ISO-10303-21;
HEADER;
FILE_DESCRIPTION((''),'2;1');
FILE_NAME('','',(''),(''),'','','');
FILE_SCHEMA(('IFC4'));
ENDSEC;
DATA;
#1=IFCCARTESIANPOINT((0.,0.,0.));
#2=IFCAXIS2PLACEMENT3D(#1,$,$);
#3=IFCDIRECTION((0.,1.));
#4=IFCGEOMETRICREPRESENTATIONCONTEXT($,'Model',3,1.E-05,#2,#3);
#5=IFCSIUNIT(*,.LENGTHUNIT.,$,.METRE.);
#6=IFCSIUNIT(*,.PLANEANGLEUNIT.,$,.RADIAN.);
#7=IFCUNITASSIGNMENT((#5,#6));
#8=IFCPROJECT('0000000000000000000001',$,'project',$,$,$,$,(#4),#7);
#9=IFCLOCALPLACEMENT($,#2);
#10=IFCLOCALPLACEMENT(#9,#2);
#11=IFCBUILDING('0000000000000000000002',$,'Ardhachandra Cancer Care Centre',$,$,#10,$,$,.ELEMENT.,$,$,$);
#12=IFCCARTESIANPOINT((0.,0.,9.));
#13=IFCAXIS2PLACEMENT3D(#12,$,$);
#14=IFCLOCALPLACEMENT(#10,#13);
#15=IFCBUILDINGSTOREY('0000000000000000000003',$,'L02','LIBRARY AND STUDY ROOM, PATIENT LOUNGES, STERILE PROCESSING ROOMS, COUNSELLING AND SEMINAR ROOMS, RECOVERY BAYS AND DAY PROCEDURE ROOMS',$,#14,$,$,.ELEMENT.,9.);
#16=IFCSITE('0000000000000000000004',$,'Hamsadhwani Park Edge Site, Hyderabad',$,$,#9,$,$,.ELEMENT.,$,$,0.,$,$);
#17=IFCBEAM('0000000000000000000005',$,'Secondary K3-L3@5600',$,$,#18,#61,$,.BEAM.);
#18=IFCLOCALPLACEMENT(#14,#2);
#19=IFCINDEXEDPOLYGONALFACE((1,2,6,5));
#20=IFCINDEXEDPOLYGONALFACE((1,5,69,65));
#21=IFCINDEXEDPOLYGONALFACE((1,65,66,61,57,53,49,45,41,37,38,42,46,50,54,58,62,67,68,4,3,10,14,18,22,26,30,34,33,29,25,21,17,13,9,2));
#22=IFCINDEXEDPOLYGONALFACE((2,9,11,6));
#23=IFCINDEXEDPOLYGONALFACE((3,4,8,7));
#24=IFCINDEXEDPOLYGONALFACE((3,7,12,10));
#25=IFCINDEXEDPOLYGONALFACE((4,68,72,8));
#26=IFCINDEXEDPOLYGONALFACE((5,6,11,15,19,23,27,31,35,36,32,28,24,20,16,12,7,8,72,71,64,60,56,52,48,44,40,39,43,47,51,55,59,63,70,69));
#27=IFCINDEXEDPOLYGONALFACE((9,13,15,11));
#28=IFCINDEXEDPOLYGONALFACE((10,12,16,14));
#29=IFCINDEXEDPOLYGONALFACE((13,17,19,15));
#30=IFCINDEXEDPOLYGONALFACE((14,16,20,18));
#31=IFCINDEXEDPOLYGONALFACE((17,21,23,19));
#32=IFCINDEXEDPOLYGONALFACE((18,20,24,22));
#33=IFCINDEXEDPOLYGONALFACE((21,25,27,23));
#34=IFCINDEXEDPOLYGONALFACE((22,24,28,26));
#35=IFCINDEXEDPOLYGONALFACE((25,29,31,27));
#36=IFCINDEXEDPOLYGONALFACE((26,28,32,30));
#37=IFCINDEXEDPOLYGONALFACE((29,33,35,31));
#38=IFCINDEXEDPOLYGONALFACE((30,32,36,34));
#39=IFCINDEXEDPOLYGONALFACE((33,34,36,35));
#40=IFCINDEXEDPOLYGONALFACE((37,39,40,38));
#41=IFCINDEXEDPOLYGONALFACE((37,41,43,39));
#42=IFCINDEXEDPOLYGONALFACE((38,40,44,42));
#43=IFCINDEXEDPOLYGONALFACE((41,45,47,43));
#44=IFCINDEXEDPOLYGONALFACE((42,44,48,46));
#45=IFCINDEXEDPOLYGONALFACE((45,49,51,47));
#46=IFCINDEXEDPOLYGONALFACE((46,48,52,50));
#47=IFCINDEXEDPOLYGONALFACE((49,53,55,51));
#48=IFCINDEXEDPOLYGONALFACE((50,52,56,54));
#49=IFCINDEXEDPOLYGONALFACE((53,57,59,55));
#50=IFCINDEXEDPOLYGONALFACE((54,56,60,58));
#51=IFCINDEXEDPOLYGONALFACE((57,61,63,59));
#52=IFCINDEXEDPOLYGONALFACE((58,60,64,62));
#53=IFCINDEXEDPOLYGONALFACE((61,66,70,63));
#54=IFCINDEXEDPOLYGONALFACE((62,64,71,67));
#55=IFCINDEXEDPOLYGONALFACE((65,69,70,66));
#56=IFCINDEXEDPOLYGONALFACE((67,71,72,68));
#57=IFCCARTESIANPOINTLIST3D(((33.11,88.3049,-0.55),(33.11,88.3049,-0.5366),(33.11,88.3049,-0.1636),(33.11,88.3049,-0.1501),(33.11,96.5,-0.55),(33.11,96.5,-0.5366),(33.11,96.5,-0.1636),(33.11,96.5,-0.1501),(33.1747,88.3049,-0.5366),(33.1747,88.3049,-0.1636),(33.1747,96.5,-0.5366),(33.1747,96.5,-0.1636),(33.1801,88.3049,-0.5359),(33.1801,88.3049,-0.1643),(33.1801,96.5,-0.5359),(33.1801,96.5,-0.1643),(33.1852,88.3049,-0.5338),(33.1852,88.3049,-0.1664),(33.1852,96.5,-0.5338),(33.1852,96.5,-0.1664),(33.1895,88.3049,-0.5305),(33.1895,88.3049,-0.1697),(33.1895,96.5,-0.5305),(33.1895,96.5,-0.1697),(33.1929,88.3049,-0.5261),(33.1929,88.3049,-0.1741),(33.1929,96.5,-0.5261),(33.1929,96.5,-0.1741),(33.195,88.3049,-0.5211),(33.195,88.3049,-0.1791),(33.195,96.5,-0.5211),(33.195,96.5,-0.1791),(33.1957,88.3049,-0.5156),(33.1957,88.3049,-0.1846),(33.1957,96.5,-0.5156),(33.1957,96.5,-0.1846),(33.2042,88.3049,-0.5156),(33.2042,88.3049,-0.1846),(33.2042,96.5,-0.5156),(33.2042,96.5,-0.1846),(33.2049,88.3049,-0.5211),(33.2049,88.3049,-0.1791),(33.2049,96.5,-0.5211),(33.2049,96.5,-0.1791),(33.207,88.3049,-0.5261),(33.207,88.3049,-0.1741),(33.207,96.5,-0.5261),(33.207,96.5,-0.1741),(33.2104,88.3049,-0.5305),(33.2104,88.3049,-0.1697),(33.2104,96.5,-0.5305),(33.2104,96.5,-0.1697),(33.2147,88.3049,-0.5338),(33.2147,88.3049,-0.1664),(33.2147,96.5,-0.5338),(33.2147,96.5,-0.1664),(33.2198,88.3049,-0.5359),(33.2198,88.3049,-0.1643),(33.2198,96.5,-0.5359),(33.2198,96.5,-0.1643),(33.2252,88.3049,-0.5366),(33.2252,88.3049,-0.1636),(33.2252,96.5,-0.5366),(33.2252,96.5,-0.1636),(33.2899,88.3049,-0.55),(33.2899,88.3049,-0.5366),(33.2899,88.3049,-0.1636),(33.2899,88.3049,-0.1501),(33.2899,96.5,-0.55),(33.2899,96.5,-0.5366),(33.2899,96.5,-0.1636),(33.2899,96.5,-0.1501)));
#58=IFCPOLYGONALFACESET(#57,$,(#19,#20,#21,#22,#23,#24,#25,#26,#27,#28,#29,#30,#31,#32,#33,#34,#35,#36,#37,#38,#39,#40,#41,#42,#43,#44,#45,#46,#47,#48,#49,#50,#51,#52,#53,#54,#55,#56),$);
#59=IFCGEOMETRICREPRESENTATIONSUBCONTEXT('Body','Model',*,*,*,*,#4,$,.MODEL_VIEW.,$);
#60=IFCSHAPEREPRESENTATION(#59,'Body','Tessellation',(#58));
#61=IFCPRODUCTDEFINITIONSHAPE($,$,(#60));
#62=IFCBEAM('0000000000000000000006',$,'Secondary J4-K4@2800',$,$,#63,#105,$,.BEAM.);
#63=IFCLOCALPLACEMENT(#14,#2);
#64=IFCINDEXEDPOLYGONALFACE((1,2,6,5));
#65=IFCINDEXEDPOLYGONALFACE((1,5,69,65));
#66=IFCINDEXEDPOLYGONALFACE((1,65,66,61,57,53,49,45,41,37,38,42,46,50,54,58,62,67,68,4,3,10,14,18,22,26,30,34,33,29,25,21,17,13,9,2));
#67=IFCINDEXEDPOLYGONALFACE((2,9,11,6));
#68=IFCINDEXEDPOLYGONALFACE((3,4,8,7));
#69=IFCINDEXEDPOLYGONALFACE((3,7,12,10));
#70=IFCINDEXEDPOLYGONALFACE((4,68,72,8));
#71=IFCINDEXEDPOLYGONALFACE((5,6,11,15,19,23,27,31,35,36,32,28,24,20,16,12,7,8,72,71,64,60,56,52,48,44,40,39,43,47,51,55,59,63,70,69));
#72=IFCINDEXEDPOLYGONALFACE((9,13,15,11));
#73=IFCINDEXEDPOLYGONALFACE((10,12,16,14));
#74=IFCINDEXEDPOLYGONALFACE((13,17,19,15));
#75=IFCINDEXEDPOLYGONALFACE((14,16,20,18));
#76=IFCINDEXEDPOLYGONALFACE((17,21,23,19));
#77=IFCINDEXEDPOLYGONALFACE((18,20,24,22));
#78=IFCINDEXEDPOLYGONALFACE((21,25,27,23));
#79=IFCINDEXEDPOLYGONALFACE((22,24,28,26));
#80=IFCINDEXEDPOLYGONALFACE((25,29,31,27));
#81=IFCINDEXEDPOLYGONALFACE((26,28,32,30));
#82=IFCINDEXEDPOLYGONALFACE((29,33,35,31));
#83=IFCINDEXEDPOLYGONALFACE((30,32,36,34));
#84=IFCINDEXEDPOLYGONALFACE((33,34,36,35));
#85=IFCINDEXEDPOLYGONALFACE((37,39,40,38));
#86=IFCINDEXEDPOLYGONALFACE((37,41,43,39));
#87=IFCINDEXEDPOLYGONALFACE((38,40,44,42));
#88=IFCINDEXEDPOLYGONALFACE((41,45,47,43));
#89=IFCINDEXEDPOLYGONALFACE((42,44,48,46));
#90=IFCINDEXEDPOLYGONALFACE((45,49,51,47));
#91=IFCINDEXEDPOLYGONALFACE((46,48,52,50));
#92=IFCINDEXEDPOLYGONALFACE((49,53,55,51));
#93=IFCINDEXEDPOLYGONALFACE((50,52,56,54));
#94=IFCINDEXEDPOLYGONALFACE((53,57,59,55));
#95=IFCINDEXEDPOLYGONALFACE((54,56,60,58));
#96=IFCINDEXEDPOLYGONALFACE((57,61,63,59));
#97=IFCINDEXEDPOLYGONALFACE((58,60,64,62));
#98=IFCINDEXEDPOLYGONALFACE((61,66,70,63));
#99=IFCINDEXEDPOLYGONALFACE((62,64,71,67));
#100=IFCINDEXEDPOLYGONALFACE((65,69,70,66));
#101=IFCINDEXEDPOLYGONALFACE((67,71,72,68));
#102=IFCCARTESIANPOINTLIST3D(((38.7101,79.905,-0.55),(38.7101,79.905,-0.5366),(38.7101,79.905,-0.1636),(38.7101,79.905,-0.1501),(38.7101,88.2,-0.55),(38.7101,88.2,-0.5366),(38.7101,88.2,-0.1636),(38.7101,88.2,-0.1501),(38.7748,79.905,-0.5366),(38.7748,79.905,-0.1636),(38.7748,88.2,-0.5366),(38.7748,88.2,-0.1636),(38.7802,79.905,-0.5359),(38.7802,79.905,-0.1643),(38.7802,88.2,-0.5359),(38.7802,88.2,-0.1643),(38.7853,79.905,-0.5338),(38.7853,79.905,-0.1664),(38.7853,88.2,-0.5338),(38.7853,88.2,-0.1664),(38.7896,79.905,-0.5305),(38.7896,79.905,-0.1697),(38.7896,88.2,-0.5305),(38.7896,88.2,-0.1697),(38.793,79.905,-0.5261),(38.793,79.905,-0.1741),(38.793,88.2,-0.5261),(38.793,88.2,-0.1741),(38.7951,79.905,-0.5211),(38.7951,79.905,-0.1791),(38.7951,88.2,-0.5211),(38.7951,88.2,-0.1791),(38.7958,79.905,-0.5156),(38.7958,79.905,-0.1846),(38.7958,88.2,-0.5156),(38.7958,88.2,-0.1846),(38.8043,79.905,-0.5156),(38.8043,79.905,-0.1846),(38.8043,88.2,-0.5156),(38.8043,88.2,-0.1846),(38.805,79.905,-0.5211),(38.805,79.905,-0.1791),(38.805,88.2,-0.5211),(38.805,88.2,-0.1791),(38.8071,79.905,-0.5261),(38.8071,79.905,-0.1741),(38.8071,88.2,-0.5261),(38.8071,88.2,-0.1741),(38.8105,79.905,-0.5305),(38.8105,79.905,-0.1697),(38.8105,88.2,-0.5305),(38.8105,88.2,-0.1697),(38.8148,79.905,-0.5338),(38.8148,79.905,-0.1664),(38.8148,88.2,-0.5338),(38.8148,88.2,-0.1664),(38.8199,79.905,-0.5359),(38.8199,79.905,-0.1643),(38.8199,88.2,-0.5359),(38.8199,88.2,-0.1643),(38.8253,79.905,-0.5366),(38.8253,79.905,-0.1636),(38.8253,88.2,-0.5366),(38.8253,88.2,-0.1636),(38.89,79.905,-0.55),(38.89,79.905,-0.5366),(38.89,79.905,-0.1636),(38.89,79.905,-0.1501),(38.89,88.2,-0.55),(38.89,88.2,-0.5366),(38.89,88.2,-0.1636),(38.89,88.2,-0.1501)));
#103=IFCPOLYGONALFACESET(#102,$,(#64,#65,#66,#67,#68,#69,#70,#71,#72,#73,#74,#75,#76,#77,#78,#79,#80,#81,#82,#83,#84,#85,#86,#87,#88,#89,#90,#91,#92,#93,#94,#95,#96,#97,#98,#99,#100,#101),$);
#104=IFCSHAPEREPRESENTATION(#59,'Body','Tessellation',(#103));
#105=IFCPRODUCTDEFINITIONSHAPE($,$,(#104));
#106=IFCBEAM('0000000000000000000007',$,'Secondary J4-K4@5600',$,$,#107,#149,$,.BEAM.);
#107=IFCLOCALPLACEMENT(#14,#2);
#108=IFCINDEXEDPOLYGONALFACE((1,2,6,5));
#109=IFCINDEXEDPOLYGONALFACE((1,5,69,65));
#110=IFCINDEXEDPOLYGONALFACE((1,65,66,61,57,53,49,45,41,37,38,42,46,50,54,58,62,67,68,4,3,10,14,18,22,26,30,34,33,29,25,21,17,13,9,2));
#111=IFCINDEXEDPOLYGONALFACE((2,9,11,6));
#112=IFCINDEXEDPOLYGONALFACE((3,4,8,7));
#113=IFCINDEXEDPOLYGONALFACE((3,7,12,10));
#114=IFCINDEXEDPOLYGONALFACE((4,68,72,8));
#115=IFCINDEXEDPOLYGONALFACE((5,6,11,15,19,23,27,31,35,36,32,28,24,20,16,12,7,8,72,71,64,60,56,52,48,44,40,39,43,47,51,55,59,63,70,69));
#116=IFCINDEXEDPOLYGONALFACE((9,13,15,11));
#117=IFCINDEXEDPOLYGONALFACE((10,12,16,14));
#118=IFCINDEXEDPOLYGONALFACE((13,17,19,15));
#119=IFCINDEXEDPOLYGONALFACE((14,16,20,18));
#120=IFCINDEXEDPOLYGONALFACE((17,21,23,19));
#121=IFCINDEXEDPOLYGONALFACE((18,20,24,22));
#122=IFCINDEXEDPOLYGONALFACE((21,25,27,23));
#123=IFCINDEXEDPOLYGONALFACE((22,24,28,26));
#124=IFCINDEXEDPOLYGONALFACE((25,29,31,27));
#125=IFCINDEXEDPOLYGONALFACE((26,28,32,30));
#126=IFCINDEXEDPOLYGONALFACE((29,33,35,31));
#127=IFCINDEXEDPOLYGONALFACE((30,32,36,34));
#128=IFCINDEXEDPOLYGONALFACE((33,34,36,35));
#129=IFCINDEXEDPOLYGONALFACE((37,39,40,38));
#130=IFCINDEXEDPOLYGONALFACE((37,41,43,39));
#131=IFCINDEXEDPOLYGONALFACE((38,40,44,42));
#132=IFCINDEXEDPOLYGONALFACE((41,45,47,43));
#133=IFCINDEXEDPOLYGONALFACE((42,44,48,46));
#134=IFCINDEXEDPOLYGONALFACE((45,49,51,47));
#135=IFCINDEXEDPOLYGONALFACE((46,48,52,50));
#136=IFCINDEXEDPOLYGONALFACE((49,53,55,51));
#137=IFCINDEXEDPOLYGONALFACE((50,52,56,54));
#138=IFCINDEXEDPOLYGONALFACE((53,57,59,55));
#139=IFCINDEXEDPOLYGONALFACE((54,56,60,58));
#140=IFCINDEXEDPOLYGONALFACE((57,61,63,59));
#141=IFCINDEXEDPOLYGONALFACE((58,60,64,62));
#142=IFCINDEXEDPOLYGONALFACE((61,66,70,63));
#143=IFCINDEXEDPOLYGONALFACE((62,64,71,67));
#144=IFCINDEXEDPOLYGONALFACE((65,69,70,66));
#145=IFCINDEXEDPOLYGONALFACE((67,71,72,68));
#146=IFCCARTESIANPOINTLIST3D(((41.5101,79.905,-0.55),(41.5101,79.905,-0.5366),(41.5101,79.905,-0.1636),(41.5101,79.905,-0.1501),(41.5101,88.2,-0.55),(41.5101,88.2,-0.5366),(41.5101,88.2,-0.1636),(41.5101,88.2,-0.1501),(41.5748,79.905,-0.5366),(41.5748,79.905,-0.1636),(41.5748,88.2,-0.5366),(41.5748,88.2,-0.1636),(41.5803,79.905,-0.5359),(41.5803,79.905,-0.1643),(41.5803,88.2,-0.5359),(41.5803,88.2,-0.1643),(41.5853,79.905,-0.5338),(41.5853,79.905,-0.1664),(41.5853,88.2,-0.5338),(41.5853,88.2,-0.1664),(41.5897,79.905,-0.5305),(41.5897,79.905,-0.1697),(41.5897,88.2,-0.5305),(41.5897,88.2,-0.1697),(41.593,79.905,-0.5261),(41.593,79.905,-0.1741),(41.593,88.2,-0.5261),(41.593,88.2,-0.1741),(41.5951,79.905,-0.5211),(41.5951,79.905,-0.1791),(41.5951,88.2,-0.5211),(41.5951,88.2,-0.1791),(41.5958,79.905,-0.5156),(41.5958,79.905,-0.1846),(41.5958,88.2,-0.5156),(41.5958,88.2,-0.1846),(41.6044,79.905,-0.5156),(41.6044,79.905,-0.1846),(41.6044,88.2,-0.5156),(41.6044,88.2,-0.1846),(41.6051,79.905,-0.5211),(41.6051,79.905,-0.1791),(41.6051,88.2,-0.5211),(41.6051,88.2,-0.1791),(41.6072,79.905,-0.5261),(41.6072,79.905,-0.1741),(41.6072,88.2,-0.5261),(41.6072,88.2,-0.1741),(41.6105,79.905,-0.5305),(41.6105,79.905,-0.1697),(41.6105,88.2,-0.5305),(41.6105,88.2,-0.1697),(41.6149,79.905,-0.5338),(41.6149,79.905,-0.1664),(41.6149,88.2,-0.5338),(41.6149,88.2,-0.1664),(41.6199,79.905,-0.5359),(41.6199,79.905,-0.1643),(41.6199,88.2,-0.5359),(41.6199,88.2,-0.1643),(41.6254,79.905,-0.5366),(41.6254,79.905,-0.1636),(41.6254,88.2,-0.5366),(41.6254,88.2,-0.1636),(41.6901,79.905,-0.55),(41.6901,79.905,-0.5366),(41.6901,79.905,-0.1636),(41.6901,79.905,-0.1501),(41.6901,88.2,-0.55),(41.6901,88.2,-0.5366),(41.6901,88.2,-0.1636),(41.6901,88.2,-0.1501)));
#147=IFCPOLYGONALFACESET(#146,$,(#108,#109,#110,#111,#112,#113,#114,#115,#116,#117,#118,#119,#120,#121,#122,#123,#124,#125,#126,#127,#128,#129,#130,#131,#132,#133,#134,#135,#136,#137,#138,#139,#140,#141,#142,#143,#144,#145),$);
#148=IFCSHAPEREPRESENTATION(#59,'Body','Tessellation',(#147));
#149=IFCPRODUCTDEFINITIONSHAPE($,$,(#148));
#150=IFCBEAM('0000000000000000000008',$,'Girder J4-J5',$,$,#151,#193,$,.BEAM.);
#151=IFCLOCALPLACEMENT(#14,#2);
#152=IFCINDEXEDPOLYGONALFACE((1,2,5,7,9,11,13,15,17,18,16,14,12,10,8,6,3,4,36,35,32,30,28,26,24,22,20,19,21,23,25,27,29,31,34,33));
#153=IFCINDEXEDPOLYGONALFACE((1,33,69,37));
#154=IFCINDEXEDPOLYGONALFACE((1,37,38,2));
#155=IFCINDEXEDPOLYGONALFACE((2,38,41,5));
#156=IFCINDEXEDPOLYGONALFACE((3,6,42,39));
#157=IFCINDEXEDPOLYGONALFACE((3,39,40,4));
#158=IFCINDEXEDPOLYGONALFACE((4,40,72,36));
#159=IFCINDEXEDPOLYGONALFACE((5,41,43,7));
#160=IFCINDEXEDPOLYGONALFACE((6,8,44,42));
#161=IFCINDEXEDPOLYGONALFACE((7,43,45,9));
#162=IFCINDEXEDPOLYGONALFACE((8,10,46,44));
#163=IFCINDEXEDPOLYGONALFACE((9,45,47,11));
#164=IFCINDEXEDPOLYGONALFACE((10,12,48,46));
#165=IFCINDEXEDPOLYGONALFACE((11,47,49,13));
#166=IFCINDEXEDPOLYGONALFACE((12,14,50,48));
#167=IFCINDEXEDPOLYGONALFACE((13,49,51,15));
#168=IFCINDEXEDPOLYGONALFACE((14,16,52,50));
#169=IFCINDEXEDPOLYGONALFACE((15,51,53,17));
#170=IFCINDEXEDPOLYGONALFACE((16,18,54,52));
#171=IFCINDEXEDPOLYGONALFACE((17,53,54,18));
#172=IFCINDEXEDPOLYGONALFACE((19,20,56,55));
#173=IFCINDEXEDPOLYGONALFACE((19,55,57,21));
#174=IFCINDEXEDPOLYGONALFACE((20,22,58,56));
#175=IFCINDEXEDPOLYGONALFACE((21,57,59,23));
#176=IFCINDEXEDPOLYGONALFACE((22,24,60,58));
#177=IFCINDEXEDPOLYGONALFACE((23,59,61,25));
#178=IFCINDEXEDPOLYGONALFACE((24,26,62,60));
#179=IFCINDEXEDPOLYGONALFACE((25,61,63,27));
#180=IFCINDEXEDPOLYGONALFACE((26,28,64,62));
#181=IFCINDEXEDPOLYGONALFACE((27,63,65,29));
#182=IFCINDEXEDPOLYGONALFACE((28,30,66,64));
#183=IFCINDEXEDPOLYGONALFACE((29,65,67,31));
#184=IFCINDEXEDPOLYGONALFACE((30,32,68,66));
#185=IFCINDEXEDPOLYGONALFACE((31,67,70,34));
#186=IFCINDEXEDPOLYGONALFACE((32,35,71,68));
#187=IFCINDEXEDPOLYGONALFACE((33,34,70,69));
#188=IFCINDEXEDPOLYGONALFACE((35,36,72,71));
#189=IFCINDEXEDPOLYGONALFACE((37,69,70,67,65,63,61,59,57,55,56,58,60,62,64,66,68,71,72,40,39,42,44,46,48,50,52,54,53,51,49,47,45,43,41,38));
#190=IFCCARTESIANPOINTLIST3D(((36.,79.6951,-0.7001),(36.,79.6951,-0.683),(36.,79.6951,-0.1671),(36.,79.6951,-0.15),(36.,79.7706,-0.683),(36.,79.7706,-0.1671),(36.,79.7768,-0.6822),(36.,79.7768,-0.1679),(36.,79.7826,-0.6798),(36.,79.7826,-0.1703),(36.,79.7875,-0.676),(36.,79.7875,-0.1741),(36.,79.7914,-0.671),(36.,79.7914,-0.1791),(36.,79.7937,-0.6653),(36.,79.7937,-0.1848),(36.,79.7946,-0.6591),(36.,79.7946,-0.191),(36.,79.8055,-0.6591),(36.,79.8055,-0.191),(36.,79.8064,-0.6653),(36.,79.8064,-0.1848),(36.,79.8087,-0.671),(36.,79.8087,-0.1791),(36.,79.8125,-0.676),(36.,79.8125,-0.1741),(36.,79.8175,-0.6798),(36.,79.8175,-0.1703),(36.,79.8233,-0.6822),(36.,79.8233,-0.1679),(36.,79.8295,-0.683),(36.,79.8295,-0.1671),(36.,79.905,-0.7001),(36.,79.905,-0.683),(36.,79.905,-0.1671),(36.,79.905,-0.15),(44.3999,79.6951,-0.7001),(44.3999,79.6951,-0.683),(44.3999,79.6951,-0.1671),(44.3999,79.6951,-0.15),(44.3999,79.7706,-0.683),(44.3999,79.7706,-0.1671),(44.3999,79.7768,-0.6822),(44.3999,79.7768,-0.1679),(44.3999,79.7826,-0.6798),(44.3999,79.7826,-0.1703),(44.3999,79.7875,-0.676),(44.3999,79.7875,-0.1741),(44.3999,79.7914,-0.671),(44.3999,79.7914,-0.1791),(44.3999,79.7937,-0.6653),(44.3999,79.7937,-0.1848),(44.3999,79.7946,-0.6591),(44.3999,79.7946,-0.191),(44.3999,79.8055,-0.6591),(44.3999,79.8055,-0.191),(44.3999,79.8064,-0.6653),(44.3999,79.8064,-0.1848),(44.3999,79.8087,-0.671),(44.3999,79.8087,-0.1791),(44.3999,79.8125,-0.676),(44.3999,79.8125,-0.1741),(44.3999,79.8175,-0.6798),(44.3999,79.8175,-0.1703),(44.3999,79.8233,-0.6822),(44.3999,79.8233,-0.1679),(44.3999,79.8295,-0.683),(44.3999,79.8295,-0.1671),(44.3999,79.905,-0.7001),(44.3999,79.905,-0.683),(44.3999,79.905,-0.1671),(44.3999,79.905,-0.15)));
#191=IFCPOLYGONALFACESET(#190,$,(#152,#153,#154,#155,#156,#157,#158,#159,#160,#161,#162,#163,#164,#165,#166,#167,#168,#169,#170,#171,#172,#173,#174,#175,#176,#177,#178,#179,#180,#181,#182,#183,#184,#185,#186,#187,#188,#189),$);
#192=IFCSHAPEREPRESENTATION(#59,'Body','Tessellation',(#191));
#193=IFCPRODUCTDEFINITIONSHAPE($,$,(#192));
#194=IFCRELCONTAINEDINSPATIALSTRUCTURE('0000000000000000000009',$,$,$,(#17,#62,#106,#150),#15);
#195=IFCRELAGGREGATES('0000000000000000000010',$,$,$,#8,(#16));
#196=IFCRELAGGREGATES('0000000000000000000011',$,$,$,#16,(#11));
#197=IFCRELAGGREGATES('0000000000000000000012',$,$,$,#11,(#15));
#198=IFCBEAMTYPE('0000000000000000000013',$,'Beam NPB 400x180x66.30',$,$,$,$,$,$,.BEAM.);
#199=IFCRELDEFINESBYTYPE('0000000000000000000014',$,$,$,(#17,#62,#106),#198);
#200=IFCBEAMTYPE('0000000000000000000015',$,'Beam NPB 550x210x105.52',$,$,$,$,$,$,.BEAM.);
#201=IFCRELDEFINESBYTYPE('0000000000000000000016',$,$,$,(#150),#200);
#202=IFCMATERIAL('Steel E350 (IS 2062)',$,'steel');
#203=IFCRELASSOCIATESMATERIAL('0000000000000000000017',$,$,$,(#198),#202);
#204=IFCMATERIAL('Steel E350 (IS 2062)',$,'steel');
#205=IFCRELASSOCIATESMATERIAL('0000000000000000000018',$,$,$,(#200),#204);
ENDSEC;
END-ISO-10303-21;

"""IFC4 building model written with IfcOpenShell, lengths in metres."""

from ifc_helpers import new_model, si_unit, direction, frame, origin, origin_2d, place, context, subcontext, project, spatial, i_section, extrude, material, material_profile, profile_set, type_object, element, save


model = new_model("IFC4")

# Units and contexts
model_context = context("Model", 3, precision=1e-05, world=origin(), true_north=direction((0.0, 1.0)))
body_context = subcontext(model_context, "Body", "Model", "MODEL_VIEW")
ifc_project = project(units=[si_unit("LENGTHUNIT", "METRE"), si_unit("PLANEANGLEUNIT", "RADIAN")], contexts=[model_context])

# Site, building, storey
site_placement = place(None, origin())
site = spatial("IfcSite", under=ifc_project, at=site_placement, Name="Hamsadhwani Park Edge Site, Hyderabad", CompositionType="ELEMENT", RefElevation=0.0)
building_placement = place(site_placement, origin())
building = spatial("IfcBuilding", under=site, at=building_placement, Name="Ardhachandra Cancer Care Centre", CompositionType="ELEMENT")
storey_placement = place(building_placement, frame((0.0, 0.0, 9.0)))
storey = spatial("IfcBuildingStorey", under=building, at=storey_placement, Name="L02", Description="LIBRARY AND STUDY ROOM, PATIENT LOUNGES, STERILE PROCESSING ROOMS, COUNSELLING AND SEMINAR ROOMS, RECOVERY BAYS AND DAY PROCEDURE ROOMS", CompositionType="ELEMENT", Elevation=9.0)

# Beams
ifc_material_1 = material(Name="Steel E350 (IS 2062)", Category="steel")
ifc_material_profile_1 = material_profile(ifc_material_1, i_section(OverallWidth=0.1799, OverallDepth=0.3999, WebThickness=0.0085, FlangeThickness=0.0134, FilletRadius=0.021, at=origin_2d()), Name="NPB 400x180x66.30")
ifc_profile_set_1 = profile_set([ifc_material_profile_1], Name="Steel E350 (IS 2062)")
beam_type_1 = type_object("IfcBeamType", Name="Beam NPB 400x180x66.30", PredefinedType="BEAM", material=ifc_profile_set_1)
beam_1_placement = place(storey_placement, frame((33.2, 88.3049, -0.3501), z_axis=(0.0, 1.0, 0.0), x_axis=(-1.0, 0.0, 0.0)))
element("IfcBeam", 1, at=beam_1_placement, inside=storey, type_object=beam_type_1, Name="Secondary K3-L3@5600", PredefinedType="BEAM", context=body_context, shape_type="SweptSolid", body=[
    extrude(i_section(OverallWidth=0.1799, OverallDepth=0.3999, WebThickness=0.0085, FlangeThickness=0.0134, FilletRadius=0.021, at=origin_2d()), origin(), (0.0, 0.0, 1.0), 8.1951),
])
for number, where, z_axis, x_axis, name in (
    (2, (38.8, 79.905, -0.3501), (0.0, 1.0, 0.0), (-1.0, 0.0, 0.0), "Secondary J4-K4@2800"),
    (3, (41.6001, 79.905, -0.3501), (0.0, 1.0, 0.0), (-1.0, 0.0, 0.0), "Secondary J4-K4@5600"),
):
    element("IfcBeam", number, at=place(storey_placement, frame(where, z_axis=z_axis, x_axis=x_axis)), inside=storey, type_object=beam_type_1, Name=name, PredefinedType="BEAM", context=body_context, shape_type="SweptSolid", body=[
        extrude(i_section(OverallWidth=0.1799, OverallDepth=0.3999, WebThickness=0.0085, FlangeThickness=0.0134, FilletRadius=0.021, at=origin_2d()), origin(), (0.0, 0.0, 1.0), 8.2949),
    ])
ifc_material_2 = material(Name="Steel E350 (IS 2062)", Category="steel")
ifc_material_profile_2 = material_profile(ifc_material_2, i_section(OverallWidth=0.21, OverallDepth=0.55, WebThickness=0.011, FlangeThickness=0.0171, FilletRadius=0.0239, at=origin_2d()), Name="NPB 550x210x105.52")
ifc_profile_set_2 = profile_set([ifc_material_profile_2], Name="Steel E350 (IS 2062)")
beam_type_2 = type_object("IfcBeamType", Name="Beam NPB 550x210x105.52", PredefinedType="BEAM", material=ifc_profile_set_2)
for number, where, z_axis, x_axis, name in (
    (4, (36.0, 79.8, -0.425), (1.0, 0.0, 0.0), (0.0, 1.0, 0.0), "Girder J4-J5"),
):
    element("IfcBeam", number, at=place(storey_placement, frame(where, z_axis=z_axis, x_axis=x_axis)), inside=storey, type_object=beam_type_2, Name=name, PredefinedType="BEAM", context=body_context, shape_type="SweptSolid", body=[
        extrude(i_section(OverallWidth=0.21, OverallDepth=0.55, WebThickness=0.011, FlangeThickness=0.0171, FilletRadius=0.0239, at=origin_2d()), origin(), (0.0, 0.0, 1.0), 8.3999),
    ])

save(model, "model.ifc")
